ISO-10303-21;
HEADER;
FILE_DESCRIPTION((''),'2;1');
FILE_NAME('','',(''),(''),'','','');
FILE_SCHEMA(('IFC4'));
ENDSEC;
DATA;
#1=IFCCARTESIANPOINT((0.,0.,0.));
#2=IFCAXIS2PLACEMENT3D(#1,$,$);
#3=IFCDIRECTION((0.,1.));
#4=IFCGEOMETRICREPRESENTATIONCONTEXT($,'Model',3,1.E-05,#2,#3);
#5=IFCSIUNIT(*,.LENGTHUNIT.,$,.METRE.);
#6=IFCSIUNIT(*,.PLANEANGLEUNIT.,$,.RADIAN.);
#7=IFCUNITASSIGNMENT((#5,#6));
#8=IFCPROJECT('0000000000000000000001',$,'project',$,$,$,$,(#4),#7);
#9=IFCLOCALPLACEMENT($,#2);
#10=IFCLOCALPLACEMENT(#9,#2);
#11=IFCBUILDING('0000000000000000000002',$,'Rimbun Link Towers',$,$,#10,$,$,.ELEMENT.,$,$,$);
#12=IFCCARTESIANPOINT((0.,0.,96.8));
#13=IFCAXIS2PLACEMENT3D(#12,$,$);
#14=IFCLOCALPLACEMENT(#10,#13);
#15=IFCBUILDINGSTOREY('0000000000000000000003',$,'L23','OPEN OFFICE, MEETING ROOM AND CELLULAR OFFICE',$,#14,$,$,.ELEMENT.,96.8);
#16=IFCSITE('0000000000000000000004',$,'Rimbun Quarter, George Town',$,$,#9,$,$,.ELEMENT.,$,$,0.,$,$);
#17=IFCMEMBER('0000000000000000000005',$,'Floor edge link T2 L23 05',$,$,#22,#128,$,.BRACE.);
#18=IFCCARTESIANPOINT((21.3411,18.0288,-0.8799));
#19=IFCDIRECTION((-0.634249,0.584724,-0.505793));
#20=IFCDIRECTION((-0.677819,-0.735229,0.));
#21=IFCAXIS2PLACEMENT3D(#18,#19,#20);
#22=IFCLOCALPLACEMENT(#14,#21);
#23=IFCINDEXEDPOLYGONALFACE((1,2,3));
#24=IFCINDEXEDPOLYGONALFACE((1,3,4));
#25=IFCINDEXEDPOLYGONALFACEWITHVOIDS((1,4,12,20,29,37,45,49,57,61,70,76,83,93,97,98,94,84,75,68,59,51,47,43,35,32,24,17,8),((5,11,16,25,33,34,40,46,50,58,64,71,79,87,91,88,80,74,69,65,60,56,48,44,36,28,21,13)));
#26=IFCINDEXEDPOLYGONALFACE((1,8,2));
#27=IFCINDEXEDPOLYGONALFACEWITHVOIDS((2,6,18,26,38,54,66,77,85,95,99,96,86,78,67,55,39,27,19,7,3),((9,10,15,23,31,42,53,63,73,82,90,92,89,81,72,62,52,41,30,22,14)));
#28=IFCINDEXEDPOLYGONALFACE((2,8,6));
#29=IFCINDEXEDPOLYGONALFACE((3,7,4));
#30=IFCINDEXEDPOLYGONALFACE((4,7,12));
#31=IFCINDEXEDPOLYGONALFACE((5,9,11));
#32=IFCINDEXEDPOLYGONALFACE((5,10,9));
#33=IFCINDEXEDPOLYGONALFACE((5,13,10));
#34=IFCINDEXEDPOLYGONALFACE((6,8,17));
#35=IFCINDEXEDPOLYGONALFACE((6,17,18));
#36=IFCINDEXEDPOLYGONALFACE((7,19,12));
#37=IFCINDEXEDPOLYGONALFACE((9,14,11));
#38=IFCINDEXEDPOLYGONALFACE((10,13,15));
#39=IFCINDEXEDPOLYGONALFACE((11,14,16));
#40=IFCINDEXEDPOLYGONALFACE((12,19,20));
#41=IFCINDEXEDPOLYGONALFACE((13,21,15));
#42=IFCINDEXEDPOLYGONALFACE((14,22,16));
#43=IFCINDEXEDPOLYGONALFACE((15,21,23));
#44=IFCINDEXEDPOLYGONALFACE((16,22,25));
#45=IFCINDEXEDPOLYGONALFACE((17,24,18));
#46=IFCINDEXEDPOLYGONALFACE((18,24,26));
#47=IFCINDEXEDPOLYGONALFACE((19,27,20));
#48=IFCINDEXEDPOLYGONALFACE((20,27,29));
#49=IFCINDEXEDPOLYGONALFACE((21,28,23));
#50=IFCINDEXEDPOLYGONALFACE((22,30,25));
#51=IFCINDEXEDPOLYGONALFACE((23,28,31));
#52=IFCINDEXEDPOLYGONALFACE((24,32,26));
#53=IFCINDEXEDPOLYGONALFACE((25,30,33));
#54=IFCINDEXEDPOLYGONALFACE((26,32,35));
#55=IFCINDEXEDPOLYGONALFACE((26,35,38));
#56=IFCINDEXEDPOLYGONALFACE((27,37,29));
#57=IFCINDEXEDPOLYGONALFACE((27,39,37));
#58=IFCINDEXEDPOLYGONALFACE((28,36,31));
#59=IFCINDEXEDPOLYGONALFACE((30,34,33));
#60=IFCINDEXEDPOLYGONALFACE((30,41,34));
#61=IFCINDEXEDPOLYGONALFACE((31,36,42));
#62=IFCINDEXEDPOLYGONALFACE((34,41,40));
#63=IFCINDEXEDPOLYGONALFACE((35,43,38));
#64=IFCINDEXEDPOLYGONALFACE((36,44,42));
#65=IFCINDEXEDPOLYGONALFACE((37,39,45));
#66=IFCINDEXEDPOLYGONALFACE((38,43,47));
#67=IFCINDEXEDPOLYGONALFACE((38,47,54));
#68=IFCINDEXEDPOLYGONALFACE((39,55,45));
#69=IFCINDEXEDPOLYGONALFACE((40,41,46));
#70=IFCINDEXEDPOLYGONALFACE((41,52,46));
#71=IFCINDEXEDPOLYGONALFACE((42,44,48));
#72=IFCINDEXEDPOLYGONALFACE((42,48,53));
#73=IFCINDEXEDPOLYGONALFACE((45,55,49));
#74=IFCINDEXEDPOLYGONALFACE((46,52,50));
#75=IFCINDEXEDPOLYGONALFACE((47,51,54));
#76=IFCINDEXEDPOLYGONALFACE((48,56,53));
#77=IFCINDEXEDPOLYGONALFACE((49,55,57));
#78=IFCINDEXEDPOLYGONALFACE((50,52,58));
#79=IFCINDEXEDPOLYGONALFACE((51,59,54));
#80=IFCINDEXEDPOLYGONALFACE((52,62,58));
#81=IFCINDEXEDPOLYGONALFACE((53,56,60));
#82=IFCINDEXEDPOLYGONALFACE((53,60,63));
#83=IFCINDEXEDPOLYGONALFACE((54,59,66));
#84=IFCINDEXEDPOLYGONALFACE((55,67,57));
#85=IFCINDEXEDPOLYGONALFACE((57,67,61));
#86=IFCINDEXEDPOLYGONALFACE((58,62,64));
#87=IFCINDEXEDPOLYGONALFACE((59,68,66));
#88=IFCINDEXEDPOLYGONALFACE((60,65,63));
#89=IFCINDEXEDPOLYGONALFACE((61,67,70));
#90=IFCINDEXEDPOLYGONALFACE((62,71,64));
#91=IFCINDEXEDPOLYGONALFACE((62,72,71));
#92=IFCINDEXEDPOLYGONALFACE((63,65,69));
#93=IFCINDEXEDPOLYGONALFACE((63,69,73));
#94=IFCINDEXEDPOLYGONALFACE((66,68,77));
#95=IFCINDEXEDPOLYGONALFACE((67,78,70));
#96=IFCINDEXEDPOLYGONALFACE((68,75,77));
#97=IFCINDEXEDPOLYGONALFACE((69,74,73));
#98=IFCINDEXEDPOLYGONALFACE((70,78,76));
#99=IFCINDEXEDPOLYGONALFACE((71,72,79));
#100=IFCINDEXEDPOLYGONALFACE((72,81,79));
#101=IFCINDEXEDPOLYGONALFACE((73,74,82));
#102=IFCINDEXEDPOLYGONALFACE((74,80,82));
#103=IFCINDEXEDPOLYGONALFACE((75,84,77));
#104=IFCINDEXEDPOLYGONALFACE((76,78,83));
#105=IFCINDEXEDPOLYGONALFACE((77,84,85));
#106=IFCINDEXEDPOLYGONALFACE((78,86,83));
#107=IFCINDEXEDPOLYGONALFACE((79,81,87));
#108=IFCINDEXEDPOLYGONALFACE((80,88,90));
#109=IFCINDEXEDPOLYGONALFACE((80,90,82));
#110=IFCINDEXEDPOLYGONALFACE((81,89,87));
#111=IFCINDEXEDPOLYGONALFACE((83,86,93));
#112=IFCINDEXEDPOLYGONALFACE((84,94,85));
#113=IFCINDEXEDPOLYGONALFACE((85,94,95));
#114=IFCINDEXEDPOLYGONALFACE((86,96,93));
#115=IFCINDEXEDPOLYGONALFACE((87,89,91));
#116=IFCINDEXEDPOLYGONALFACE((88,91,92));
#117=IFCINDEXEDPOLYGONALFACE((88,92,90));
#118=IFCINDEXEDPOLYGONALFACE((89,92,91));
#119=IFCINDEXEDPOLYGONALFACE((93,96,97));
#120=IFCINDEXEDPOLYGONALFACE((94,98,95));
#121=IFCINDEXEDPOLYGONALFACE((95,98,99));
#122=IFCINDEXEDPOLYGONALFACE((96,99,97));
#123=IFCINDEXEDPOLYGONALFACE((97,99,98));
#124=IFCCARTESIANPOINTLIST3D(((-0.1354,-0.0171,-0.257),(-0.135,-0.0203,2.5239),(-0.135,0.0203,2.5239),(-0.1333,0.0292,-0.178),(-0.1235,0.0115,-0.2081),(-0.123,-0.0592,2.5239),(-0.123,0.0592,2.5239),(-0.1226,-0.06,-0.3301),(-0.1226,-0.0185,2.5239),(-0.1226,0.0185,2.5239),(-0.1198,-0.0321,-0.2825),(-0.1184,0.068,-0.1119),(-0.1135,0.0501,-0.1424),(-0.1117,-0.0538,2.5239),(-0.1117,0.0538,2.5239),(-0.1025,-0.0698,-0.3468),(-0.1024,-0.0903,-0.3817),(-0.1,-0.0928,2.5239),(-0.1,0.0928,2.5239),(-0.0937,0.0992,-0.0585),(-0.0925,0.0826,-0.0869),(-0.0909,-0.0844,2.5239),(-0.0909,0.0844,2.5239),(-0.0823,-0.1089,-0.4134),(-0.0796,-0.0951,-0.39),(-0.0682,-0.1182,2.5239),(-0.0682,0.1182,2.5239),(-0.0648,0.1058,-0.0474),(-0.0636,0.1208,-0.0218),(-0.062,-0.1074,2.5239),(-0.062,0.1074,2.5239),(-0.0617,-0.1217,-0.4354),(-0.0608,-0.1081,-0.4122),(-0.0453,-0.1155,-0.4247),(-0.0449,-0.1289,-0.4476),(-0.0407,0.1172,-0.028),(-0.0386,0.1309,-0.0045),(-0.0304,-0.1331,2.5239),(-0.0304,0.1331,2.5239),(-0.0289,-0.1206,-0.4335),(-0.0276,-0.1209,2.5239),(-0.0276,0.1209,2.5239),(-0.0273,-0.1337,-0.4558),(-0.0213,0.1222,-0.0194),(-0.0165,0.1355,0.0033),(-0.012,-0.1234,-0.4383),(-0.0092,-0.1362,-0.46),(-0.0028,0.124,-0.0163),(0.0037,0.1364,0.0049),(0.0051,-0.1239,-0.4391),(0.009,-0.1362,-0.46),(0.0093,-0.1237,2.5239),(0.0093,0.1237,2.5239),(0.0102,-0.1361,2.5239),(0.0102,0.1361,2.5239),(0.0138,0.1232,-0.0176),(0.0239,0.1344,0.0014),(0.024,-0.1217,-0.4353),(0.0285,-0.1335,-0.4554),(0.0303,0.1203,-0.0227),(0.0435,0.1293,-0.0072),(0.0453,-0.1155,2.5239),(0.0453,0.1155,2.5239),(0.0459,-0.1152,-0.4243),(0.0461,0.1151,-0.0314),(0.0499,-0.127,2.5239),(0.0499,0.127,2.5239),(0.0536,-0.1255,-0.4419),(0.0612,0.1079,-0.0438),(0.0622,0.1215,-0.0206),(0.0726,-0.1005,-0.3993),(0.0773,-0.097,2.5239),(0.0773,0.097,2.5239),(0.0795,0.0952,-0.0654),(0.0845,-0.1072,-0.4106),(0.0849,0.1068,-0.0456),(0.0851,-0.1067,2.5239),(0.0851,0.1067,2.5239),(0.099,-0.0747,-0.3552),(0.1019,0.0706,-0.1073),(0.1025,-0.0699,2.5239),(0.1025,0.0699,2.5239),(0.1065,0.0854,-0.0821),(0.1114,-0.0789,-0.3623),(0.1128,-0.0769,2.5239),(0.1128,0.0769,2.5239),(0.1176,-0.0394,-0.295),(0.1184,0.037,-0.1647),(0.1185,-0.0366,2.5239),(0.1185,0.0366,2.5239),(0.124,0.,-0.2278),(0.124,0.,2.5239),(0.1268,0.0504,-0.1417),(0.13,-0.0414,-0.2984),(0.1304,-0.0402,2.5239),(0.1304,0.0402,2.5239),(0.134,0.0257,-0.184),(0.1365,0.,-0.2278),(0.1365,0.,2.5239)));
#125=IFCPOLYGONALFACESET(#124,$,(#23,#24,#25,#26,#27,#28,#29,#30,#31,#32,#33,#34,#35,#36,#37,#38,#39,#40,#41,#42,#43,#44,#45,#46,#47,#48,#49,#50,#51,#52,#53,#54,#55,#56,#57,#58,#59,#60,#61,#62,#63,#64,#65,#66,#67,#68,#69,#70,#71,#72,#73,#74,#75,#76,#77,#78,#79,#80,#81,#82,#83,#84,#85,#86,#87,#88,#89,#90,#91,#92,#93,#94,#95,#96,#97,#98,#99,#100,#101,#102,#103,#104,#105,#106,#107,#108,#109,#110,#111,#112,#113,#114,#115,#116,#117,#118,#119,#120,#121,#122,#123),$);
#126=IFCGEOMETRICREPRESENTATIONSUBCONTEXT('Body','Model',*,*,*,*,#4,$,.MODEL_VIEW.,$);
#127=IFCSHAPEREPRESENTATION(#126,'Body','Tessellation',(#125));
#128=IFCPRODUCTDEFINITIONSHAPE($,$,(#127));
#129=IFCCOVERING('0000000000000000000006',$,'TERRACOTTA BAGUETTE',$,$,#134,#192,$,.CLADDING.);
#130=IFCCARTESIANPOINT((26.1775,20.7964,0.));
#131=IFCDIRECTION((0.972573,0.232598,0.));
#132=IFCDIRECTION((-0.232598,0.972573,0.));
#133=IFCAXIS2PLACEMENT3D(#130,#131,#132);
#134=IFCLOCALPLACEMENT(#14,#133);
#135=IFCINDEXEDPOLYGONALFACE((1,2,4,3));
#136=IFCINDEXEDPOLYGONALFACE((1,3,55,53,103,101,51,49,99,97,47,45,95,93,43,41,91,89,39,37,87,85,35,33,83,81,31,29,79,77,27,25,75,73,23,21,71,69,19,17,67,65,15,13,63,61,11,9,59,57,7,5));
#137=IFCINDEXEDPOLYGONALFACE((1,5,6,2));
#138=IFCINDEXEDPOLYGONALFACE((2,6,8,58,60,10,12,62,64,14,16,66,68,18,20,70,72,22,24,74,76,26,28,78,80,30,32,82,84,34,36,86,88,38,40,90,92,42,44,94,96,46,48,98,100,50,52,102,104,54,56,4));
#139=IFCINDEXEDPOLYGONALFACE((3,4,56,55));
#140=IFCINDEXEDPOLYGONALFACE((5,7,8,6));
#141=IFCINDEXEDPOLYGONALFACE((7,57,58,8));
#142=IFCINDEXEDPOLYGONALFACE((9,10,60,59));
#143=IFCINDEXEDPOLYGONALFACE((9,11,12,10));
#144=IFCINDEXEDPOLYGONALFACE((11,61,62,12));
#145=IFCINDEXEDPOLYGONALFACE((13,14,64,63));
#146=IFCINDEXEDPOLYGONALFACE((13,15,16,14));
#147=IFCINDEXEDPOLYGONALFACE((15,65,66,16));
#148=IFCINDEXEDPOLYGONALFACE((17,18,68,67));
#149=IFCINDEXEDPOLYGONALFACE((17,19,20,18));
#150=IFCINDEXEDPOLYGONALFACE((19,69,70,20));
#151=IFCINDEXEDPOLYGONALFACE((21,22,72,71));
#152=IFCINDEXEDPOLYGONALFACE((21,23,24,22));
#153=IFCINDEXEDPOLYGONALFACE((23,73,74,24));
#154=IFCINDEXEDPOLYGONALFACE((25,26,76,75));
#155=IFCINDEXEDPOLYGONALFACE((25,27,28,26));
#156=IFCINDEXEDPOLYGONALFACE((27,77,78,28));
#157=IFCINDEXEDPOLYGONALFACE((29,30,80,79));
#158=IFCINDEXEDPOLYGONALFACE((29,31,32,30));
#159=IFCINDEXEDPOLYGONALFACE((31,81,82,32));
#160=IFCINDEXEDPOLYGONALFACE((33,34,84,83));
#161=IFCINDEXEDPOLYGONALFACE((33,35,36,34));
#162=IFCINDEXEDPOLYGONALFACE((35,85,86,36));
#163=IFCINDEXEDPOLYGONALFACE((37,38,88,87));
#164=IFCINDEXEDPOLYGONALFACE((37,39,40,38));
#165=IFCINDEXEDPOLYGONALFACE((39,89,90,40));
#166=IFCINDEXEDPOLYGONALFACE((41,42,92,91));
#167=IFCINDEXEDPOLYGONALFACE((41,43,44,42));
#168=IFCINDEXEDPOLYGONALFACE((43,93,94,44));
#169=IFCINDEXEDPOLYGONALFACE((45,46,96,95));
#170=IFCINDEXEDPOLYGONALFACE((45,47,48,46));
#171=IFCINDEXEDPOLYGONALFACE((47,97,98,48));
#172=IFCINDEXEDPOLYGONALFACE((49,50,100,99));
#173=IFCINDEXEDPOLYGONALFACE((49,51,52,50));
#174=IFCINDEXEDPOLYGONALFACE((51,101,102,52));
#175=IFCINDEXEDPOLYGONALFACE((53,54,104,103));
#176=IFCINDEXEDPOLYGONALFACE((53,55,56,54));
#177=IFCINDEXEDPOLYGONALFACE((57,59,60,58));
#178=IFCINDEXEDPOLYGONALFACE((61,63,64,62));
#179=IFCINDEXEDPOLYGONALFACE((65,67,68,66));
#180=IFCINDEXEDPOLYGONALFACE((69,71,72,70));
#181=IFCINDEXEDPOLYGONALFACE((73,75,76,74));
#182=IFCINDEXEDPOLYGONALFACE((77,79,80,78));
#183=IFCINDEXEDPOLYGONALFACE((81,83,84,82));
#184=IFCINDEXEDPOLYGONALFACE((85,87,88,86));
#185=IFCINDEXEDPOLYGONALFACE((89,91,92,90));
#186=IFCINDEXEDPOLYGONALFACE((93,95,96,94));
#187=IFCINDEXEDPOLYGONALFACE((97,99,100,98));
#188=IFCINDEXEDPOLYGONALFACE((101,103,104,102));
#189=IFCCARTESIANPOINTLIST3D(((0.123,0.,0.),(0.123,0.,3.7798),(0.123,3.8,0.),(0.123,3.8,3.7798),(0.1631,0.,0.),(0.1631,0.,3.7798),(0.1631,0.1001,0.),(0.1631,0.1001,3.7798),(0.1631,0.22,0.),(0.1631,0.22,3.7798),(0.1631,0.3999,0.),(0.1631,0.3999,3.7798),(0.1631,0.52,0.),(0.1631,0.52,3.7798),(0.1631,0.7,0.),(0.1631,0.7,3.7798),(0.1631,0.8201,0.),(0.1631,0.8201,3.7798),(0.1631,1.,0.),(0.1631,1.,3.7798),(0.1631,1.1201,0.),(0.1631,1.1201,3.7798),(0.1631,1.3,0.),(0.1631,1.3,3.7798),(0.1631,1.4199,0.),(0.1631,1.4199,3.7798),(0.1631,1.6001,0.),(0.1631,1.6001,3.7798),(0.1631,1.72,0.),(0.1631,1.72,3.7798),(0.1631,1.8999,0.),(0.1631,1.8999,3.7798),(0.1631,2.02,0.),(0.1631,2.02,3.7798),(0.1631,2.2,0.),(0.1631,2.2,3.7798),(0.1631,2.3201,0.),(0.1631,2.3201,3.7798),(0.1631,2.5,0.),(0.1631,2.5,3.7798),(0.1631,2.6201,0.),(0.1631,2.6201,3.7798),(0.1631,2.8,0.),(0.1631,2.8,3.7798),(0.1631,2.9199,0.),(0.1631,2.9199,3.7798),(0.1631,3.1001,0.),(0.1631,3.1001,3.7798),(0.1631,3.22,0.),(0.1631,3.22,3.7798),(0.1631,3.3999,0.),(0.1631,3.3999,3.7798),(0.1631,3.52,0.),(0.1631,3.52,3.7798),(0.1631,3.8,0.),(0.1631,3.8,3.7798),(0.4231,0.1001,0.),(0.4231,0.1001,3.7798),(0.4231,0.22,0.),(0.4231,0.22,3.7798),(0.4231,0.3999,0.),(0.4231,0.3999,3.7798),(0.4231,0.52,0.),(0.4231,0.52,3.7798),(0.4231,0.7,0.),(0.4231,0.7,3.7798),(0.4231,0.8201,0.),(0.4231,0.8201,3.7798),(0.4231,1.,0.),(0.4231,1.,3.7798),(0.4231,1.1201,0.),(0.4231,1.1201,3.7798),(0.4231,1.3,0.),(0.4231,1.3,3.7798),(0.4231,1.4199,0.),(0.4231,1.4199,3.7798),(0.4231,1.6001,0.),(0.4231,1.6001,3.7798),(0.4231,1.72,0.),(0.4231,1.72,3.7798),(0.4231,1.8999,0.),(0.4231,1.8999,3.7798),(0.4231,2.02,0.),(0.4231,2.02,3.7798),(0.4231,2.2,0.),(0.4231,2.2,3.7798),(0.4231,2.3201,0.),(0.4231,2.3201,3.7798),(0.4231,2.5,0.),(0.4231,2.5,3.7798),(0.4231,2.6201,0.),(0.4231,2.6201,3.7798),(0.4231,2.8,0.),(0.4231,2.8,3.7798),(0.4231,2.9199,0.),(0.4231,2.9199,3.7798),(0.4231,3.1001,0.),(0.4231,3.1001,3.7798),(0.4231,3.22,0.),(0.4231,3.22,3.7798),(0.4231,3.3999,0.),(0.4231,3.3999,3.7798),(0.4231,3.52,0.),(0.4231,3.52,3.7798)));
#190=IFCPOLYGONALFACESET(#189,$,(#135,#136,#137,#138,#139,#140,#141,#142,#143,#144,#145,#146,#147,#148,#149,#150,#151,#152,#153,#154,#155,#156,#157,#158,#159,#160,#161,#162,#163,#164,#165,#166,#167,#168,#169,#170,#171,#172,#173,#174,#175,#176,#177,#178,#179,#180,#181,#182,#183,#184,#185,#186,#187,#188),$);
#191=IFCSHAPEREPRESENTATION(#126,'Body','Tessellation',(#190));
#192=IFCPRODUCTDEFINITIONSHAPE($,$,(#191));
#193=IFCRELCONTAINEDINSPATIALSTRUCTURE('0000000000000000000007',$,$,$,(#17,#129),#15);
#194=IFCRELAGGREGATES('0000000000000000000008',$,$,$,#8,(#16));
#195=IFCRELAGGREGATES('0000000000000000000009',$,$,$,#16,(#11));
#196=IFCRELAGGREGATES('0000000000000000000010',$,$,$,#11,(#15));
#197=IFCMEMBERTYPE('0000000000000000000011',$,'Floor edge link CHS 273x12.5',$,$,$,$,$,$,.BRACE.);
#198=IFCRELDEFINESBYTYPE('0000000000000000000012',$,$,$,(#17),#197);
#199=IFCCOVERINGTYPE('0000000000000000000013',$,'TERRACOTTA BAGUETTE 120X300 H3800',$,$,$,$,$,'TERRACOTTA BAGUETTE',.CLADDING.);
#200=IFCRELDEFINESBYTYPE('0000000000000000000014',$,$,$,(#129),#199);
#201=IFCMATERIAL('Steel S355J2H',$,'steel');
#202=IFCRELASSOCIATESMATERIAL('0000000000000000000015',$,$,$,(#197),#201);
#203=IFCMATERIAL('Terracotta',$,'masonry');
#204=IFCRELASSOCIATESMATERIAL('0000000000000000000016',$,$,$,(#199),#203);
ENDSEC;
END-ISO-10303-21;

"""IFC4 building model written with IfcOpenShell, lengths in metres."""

from ifc_helpers import new_model, si_unit, direction, frame, origin, origin_2d, place, context, subcontext, project, spatial, polyline, hollow_circle, outline, extrude, clip, halfspace, material, material_profile, profile_set, type_object, element, save


model = new_model("IFC4")

# Units and contexts
model_context = context("Model", 3, precision=1e-05, world=origin(), true_north=direction((0.0, 1.0)))
body_context = subcontext(model_context, "Body", "Model", "MODEL_VIEW")
ifc_project = project(units=[si_unit("LENGTHUNIT", "METRE"), si_unit("PLANEANGLEUNIT", "RADIAN")], contexts=[model_context])

# Site, building, storey
site_placement = place(None, origin())
site = spatial("IfcSite", under=ifc_project, at=site_placement, Name="Rimbun Quarter, George Town", CompositionType="ELEMENT", RefElevation=0.0)
building_placement = place(site_placement, origin())
building = spatial("IfcBuilding", under=site, at=building_placement, Name="Rimbun Link Towers", CompositionType="ELEMENT")
storey_placement = place(building_placement, frame((0.0, 0.0, 96.8)))
storey = spatial("IfcBuildingStorey", under=building, at=storey_placement, Name="L23", Description="OPEN OFFICE, MEETING ROOM AND CELLULAR OFFICE", CompositionType="ELEMENT", Elevation=96.8)

# Member
ifc_material_1 = material(Name="Steel S355J2H", Category="steel")
ifc_material_profile_1 = material_profile(ifc_material_1, hollow_circle(Radius=0.1365, WallThickness=0.0125, at=origin_2d()), Name="CHS 273x12.5")
ifc_profile_set_1 = profile_set([ifc_material_profile_1], Name="Steel S355J2H")
member_type_1 = type_object("IfcMemberType", Name="Floor edge link CHS 273x12.5", PredefinedType="BRACE", material=ifc_profile_set_1)
member_1_placement = place(storey_placement, frame((21.3411, 18.0288, -0.8799), z_axis=(-0.634249, 0.584724, -0.505793), x_axis=(-0.677819, -0.735229, 0.0)))
element("IfcMember", 1, at=member_1_placement, inside=storey, type_object=member_type_1, Name="Floor edge link T2 L23 05", PredefinedType="BRACE", context=body_context, shape_type="Clipping", body=[
    clip(extrude(hollow_circle(Radius=0.1365, WallThickness=0.0125, at=origin_2d()), frame((0.0, 0.0, -0.4854)), (0.0, 0.0, 1.0), 3.0093), halfspace(frame((0.0, 0.0, -0.2278), z_axis=(0.0, 0.862655, -0.505793)), False)),
])

# Covering
ifc_material_2 = material(Name="Terracotta", Category="masonry")
ifc_material_profile_2 = material_profile(ifc_material_2, outline(polyline([(0.123, 0.0), (0.1631, 0.0), (0.1631, 0.1001), (0.4231, 0.1001), (0.4231, 0.22), (0.1631, 0.22), (0.1631, 0.3999), (0.4231, 0.3999), (0.4231, 0.52), (0.1631, 0.52), (0.1631, 0.7), (0.4231, 0.7), (0.4231, 0.8201), (0.1631, 0.8201), (0.1631, 1.0), (0.4231, 1.0), (0.4231, 1.1201), (0.1631, 1.1201), (0.1631, 1.3), (0.4231, 1.3), (0.4231, 1.4199), (0.1631, 1.4199), (0.1631, 1.6001), (0.4231, 1.6001), (0.4231, 1.72), (0.1631, 1.72), (0.1631, 1.8999), (0.4231, 1.8999), (0.4231, 2.02), (0.1631, 2.02), (0.1631, 2.2), (0.4231, 2.2), (0.4231, 2.3201), (0.1631, 2.3201), (0.1631, 2.5), (0.4231, 2.5), (0.4231, 2.6201), (0.1631, 2.6201), (0.1631, 2.8), (0.4231, 2.8), (0.4231, 2.9199), (0.1631, 2.9199), (0.1631, 3.1001), (0.4231, 3.1001), (0.4231, 3.22), (0.1631, 3.22), (0.1631, 3.3999), (0.4231, 3.3999), (0.4231, 3.52), (0.1631, 3.52), (0.1631, 3.8), (0.123, 3.8), (0.123, 0.0)])), Name="BAGUETTE 120X300")
ifc_profile_set_2 = profile_set([ifc_material_profile_2], Name="Terracotta")
covering_type = type_object("IfcCoveringType", Name="TERRACOTTA BAGUETTE 120X300 H3800", ElementType="TERRACOTTA BAGUETTE", PredefinedType="CLADDING", material=ifc_profile_set_2)
covering_1_placement = place(storey_placement, frame((26.1775, 20.7964, 0.0), z_axis=(0.972573, 0.232598, 0.0), x_axis=(-0.232598, 0.972573, 0.0)))
element("IfcCovering", 2, at=covering_1_placement, inside=storey, type_object=covering_type, Name="TERRACOTTA BAGUETTE", PredefinedType="CLADDING", context=body_context, shape_type="SweptSolid", body=[
    extrude(outline(polyline([(0.123, 0.0), (0.1631, 0.0), (0.1631, 0.1001), (0.4231, 0.1001), (0.4231, 0.22), (0.1631, 0.22), (0.1631, 0.3999), (0.4231, 0.3999), (0.4231, 0.52), (0.1631, 0.52), (0.1631, 0.7), (0.4231, 0.7), (0.4231, 0.8201), (0.1631, 0.8201), (0.1631, 1.0), (0.4231, 1.0), (0.4231, 1.1201), (0.1631, 1.1201), (0.1631, 1.3), (0.4231, 1.3), (0.4231, 1.4199), (0.1631, 1.4199), (0.1631, 1.6001), (0.4231, 1.6001), (0.4231, 1.72), (0.1631, 1.72), (0.1631, 1.8999), (0.4231, 1.8999), (0.4231, 2.02), (0.1631, 2.02), (0.1631, 2.2), (0.4231, 2.2), (0.4231, 2.3201), (0.1631, 2.3201), (0.1631, 2.5), (0.4231, 2.5), (0.4231, 2.6201), (0.1631, 2.6201), (0.1631, 2.8), (0.4231, 2.8), (0.4231, 2.9199), (0.1631, 2.9199), (0.1631, 3.1001), (0.4231, 3.1001), (0.4231, 3.22), (0.1631, 3.22), (0.1631, 3.3999), (0.4231, 3.3999), (0.4231, 3.52), (0.1631, 3.52), (0.1631, 3.8), (0.123, 3.8), (0.123, 0.0)])), origin(), (0.0, 0.0, 1.0), 3.7798),
])

save(model, "model.ifc")
